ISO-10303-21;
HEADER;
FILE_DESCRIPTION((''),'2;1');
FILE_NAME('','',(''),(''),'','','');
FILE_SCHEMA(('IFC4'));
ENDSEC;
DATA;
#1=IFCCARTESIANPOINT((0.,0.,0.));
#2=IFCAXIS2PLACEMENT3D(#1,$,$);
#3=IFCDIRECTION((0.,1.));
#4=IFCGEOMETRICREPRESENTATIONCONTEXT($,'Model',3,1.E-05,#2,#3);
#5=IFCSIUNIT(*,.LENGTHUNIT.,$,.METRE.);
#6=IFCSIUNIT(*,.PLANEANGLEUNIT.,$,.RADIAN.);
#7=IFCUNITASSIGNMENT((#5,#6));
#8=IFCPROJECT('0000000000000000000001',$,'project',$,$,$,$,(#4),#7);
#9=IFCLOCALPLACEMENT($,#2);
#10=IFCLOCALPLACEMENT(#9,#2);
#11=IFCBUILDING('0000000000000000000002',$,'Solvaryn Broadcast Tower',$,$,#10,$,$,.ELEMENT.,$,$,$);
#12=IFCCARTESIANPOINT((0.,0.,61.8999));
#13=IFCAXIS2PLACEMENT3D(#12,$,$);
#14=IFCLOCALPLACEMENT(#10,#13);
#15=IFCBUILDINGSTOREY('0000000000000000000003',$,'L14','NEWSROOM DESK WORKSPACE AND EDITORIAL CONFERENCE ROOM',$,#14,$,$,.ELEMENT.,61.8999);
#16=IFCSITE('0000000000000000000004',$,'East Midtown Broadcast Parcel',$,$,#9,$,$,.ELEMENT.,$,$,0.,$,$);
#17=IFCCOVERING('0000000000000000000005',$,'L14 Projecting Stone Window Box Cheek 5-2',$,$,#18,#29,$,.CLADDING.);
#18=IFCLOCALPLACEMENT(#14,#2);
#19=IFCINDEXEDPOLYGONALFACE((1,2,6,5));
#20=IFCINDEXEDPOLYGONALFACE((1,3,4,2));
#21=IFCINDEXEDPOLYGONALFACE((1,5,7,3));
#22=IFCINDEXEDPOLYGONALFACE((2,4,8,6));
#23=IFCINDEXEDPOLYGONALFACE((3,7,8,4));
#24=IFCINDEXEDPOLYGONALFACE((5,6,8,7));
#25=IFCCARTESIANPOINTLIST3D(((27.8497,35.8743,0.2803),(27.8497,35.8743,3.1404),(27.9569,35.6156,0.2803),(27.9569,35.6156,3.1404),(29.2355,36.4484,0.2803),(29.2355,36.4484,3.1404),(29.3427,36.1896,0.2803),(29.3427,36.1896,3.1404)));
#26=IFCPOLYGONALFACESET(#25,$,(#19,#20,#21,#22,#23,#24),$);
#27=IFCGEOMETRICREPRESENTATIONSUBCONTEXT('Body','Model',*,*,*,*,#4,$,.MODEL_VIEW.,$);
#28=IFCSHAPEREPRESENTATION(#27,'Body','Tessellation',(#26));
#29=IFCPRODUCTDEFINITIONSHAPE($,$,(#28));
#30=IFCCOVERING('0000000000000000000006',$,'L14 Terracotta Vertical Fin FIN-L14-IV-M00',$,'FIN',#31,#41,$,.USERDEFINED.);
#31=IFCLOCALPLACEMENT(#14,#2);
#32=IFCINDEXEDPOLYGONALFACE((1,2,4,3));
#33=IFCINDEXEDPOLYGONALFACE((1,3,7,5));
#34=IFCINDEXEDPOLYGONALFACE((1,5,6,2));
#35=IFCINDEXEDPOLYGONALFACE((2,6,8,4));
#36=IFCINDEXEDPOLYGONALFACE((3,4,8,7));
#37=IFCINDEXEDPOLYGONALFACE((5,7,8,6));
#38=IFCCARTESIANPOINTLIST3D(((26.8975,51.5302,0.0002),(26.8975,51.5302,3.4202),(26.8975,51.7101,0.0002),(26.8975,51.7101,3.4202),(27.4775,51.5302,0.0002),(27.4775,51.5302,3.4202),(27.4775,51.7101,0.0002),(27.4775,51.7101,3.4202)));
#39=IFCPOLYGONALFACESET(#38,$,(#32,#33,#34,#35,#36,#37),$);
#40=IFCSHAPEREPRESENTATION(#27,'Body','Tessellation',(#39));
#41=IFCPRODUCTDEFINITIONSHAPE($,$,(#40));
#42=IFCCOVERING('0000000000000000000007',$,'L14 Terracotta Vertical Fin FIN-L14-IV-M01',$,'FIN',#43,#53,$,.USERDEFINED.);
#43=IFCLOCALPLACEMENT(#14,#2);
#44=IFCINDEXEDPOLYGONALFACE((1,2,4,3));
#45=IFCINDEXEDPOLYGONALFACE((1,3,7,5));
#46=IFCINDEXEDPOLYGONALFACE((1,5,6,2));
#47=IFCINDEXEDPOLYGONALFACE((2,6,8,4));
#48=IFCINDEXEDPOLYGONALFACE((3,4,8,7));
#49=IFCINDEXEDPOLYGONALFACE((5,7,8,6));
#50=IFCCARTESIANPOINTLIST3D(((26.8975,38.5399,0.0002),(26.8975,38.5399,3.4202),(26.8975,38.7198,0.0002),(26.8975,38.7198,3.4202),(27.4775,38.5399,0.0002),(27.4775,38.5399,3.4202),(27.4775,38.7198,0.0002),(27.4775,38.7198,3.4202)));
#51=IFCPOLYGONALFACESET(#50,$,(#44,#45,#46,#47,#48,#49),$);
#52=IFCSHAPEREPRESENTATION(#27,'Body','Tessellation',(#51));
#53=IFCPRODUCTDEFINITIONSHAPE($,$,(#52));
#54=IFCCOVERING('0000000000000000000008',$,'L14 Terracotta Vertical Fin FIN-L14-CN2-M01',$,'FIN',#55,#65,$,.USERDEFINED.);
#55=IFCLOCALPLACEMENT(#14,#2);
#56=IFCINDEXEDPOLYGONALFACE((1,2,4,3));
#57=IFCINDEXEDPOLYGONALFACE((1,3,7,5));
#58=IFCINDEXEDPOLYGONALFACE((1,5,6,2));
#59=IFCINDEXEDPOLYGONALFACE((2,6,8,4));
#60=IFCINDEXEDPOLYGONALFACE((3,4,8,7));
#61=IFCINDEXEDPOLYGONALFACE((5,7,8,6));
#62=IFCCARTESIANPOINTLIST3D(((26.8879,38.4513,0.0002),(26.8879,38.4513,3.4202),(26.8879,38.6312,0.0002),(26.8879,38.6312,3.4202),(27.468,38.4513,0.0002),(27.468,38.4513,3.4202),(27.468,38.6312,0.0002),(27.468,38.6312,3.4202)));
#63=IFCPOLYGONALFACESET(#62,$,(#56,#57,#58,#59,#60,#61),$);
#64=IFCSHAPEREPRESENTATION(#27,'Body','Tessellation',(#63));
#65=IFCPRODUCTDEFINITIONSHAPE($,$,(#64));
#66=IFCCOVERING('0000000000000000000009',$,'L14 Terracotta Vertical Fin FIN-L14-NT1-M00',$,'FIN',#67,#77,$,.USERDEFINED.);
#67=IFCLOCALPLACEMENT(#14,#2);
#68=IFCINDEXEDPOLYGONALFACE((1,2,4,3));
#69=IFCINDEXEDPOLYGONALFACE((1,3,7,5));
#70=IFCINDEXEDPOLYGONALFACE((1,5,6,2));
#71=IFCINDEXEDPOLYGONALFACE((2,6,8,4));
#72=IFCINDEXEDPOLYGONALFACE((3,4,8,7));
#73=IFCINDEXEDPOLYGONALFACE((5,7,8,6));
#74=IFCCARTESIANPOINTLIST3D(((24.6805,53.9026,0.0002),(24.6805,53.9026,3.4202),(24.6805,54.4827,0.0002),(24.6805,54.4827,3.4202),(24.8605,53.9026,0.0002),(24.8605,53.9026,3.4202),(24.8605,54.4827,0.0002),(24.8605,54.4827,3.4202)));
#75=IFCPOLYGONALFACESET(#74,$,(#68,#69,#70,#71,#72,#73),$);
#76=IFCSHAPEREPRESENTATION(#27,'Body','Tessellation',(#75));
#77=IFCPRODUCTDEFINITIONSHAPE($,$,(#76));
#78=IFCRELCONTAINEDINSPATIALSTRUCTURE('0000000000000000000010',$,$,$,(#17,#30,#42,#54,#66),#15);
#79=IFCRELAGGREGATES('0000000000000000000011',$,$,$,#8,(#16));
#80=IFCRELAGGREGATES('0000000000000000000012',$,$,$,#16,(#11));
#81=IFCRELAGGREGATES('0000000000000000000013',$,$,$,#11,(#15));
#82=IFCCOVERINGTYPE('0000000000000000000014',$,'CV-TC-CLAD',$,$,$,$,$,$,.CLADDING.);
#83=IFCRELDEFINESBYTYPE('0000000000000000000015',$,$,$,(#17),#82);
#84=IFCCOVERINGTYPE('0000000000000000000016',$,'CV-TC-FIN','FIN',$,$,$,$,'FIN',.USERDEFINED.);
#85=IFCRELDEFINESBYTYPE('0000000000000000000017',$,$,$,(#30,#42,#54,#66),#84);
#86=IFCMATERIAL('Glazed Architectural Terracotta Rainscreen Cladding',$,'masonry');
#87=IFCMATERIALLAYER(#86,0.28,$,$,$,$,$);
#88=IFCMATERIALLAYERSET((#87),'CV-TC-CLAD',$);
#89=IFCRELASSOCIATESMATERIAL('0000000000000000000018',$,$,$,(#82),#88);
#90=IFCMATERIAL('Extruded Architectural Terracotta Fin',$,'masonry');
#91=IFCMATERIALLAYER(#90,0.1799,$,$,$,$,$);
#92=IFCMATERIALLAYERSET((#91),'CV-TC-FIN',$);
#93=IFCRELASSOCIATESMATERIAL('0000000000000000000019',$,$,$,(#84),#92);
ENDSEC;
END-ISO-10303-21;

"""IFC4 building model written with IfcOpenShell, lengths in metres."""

from ifc_helpers import new_model, si_unit, direction, frame, origin, origin_2d, place, context, subcontext, project, spatial, rectangle, extrude, material, layer, layer_set, type_object, element, save


model = new_model("IFC4")

# Units and contexts
model_context = context("Model", 3, precision=1e-05, world=origin(), true_north=direction((0.0, 1.0)))
body_context = subcontext(model_context, "Body", "Model", "MODEL_VIEW")
ifc_project = project(units=[si_unit("LENGTHUNIT", "METRE"), si_unit("PLANEANGLEUNIT", "RADIAN")], contexts=[model_context])

# Site, building, storey
site_placement = place(None, origin())
site = spatial("IfcSite", under=ifc_project, at=site_placement, Name="East Midtown Broadcast Parcel", CompositionType="ELEMENT", RefElevation=0.0)
building_placement = place(site_placement, origin())
building = spatial("IfcBuilding", under=site, at=building_placement, Name="Solvaryn Broadcast Tower", CompositionType="ELEMENT")
storey_placement = place(building_placement, frame((0.0, 0.0, 61.8999)))
storey = spatial("IfcBuildingStorey", under=building, at=storey_placement, Name="L14", Description="NEWSROOM DESK WORKSPACE AND EDITORIAL CONFERENCE ROOM", CompositionType="ELEMENT", Elevation=61.8999)

# Coverings
ifc_material_1 = material(Name="Glazed Architectural Terracotta Rainscreen Cladding", Category="masonry")
ifc_layer_1 = layer(ifc_material_1, 0.28)
ifc_layer_set_1 = layer_set([ifc_layer_1], Name="CV-TC-CLAD")
covering_type_1 = type_object("IfcCoveringType", Name="CV-TC-CLAD", PredefinedType="CLADDING", material=ifc_layer_set_1)
covering_1_placement = place(storey_placement, frame((28.5962, 36.032, 0.2803), z_axis=(0.0, 0.0, 1.0), x_axis=(-0.382683, 0.92388, 0.0)))
element("IfcCovering", 1, at=covering_1_placement, inside=storey, type_object=covering_type_1, Name="L14 Projecting Stone Window Box Cheek 5-2", PredefinedType="CLADDING", context=body_context, shape_type="SweptSolid", body=[
    extrude(rectangle(XDim=0.28, YDim=1.5, at=origin_2d()), origin(), (0.0, 0.0, 1.0), 2.8601),
])
ifc_material_2 = material(Name="Extruded Architectural Terracotta Fin", Category="masonry")
ifc_layer_2 = layer(ifc_material_2, 0.1799)
ifc_layer_set_2 = layer_set([ifc_layer_2], Name="CV-TC-FIN")
covering_type_2 = type_object("IfcCoveringType", Name="CV-TC-FIN", Description="FIN", ElementType="FIN", PredefinedType="USERDEFINED", material=ifc_layer_set_2)
for number, where, z_axis, x_axis, name in (
    (2, (27.1875, 51.6201, 0.0002), (0.0, 0.0, 1.0), (1.0, 0.0, 0.0), "L14 Terracotta Vertical Fin FIN-L14-IV-M00"),
    (3, (27.1875, 38.6299, 0.0002), (0.0, 0.0, 1.0), (1.0, 0.0, 0.0), "L14 Terracotta Vertical Fin FIN-L14-IV-M01"),
    (4, (27.178, 38.5413, 0.0002), (0.0, 0.0, 1.0), (1.0, 0.0, 0.0), "L14 Terracotta Vertical Fin FIN-L14-CN2-M01"),
):
    element("IfcCovering", number, at=place(storey_placement, frame(where, z_axis=z_axis, x_axis=x_axis)), inside=storey, type_object=covering_type_2, Name=name, ObjectType="FIN", PredefinedType="USERDEFINED", context=body_context, shape_type="SweptSolid", body=[
        extrude(rectangle(XDim=0.5801, YDim=0.1799, at=origin_2d()), origin(), (0.0, 0.0, 1.0), 3.4199),
    ])
covering_2_placement = place(storey_placement, frame((24.7705, 54.1926, 0.0002), z_axis=(0.0, 0.0, 1.0), x_axis=(1.0, 0.0, 0.0)))
element("IfcCovering", 5, at=covering_2_placement, inside=storey, type_object=covering_type_2, Name="L14 Terracotta Vertical Fin FIN-L14-NT1-M00", ObjectType="FIN", PredefinedType="USERDEFINED", context=body_context, shape_type="SweptSolid", body=[
    extrude(rectangle(XDim=0.1799, YDim=0.5801, at=origin_2d()), origin(), (0.0, 0.0, 1.0), 3.4199),
])

save(model, "model.ifc")
